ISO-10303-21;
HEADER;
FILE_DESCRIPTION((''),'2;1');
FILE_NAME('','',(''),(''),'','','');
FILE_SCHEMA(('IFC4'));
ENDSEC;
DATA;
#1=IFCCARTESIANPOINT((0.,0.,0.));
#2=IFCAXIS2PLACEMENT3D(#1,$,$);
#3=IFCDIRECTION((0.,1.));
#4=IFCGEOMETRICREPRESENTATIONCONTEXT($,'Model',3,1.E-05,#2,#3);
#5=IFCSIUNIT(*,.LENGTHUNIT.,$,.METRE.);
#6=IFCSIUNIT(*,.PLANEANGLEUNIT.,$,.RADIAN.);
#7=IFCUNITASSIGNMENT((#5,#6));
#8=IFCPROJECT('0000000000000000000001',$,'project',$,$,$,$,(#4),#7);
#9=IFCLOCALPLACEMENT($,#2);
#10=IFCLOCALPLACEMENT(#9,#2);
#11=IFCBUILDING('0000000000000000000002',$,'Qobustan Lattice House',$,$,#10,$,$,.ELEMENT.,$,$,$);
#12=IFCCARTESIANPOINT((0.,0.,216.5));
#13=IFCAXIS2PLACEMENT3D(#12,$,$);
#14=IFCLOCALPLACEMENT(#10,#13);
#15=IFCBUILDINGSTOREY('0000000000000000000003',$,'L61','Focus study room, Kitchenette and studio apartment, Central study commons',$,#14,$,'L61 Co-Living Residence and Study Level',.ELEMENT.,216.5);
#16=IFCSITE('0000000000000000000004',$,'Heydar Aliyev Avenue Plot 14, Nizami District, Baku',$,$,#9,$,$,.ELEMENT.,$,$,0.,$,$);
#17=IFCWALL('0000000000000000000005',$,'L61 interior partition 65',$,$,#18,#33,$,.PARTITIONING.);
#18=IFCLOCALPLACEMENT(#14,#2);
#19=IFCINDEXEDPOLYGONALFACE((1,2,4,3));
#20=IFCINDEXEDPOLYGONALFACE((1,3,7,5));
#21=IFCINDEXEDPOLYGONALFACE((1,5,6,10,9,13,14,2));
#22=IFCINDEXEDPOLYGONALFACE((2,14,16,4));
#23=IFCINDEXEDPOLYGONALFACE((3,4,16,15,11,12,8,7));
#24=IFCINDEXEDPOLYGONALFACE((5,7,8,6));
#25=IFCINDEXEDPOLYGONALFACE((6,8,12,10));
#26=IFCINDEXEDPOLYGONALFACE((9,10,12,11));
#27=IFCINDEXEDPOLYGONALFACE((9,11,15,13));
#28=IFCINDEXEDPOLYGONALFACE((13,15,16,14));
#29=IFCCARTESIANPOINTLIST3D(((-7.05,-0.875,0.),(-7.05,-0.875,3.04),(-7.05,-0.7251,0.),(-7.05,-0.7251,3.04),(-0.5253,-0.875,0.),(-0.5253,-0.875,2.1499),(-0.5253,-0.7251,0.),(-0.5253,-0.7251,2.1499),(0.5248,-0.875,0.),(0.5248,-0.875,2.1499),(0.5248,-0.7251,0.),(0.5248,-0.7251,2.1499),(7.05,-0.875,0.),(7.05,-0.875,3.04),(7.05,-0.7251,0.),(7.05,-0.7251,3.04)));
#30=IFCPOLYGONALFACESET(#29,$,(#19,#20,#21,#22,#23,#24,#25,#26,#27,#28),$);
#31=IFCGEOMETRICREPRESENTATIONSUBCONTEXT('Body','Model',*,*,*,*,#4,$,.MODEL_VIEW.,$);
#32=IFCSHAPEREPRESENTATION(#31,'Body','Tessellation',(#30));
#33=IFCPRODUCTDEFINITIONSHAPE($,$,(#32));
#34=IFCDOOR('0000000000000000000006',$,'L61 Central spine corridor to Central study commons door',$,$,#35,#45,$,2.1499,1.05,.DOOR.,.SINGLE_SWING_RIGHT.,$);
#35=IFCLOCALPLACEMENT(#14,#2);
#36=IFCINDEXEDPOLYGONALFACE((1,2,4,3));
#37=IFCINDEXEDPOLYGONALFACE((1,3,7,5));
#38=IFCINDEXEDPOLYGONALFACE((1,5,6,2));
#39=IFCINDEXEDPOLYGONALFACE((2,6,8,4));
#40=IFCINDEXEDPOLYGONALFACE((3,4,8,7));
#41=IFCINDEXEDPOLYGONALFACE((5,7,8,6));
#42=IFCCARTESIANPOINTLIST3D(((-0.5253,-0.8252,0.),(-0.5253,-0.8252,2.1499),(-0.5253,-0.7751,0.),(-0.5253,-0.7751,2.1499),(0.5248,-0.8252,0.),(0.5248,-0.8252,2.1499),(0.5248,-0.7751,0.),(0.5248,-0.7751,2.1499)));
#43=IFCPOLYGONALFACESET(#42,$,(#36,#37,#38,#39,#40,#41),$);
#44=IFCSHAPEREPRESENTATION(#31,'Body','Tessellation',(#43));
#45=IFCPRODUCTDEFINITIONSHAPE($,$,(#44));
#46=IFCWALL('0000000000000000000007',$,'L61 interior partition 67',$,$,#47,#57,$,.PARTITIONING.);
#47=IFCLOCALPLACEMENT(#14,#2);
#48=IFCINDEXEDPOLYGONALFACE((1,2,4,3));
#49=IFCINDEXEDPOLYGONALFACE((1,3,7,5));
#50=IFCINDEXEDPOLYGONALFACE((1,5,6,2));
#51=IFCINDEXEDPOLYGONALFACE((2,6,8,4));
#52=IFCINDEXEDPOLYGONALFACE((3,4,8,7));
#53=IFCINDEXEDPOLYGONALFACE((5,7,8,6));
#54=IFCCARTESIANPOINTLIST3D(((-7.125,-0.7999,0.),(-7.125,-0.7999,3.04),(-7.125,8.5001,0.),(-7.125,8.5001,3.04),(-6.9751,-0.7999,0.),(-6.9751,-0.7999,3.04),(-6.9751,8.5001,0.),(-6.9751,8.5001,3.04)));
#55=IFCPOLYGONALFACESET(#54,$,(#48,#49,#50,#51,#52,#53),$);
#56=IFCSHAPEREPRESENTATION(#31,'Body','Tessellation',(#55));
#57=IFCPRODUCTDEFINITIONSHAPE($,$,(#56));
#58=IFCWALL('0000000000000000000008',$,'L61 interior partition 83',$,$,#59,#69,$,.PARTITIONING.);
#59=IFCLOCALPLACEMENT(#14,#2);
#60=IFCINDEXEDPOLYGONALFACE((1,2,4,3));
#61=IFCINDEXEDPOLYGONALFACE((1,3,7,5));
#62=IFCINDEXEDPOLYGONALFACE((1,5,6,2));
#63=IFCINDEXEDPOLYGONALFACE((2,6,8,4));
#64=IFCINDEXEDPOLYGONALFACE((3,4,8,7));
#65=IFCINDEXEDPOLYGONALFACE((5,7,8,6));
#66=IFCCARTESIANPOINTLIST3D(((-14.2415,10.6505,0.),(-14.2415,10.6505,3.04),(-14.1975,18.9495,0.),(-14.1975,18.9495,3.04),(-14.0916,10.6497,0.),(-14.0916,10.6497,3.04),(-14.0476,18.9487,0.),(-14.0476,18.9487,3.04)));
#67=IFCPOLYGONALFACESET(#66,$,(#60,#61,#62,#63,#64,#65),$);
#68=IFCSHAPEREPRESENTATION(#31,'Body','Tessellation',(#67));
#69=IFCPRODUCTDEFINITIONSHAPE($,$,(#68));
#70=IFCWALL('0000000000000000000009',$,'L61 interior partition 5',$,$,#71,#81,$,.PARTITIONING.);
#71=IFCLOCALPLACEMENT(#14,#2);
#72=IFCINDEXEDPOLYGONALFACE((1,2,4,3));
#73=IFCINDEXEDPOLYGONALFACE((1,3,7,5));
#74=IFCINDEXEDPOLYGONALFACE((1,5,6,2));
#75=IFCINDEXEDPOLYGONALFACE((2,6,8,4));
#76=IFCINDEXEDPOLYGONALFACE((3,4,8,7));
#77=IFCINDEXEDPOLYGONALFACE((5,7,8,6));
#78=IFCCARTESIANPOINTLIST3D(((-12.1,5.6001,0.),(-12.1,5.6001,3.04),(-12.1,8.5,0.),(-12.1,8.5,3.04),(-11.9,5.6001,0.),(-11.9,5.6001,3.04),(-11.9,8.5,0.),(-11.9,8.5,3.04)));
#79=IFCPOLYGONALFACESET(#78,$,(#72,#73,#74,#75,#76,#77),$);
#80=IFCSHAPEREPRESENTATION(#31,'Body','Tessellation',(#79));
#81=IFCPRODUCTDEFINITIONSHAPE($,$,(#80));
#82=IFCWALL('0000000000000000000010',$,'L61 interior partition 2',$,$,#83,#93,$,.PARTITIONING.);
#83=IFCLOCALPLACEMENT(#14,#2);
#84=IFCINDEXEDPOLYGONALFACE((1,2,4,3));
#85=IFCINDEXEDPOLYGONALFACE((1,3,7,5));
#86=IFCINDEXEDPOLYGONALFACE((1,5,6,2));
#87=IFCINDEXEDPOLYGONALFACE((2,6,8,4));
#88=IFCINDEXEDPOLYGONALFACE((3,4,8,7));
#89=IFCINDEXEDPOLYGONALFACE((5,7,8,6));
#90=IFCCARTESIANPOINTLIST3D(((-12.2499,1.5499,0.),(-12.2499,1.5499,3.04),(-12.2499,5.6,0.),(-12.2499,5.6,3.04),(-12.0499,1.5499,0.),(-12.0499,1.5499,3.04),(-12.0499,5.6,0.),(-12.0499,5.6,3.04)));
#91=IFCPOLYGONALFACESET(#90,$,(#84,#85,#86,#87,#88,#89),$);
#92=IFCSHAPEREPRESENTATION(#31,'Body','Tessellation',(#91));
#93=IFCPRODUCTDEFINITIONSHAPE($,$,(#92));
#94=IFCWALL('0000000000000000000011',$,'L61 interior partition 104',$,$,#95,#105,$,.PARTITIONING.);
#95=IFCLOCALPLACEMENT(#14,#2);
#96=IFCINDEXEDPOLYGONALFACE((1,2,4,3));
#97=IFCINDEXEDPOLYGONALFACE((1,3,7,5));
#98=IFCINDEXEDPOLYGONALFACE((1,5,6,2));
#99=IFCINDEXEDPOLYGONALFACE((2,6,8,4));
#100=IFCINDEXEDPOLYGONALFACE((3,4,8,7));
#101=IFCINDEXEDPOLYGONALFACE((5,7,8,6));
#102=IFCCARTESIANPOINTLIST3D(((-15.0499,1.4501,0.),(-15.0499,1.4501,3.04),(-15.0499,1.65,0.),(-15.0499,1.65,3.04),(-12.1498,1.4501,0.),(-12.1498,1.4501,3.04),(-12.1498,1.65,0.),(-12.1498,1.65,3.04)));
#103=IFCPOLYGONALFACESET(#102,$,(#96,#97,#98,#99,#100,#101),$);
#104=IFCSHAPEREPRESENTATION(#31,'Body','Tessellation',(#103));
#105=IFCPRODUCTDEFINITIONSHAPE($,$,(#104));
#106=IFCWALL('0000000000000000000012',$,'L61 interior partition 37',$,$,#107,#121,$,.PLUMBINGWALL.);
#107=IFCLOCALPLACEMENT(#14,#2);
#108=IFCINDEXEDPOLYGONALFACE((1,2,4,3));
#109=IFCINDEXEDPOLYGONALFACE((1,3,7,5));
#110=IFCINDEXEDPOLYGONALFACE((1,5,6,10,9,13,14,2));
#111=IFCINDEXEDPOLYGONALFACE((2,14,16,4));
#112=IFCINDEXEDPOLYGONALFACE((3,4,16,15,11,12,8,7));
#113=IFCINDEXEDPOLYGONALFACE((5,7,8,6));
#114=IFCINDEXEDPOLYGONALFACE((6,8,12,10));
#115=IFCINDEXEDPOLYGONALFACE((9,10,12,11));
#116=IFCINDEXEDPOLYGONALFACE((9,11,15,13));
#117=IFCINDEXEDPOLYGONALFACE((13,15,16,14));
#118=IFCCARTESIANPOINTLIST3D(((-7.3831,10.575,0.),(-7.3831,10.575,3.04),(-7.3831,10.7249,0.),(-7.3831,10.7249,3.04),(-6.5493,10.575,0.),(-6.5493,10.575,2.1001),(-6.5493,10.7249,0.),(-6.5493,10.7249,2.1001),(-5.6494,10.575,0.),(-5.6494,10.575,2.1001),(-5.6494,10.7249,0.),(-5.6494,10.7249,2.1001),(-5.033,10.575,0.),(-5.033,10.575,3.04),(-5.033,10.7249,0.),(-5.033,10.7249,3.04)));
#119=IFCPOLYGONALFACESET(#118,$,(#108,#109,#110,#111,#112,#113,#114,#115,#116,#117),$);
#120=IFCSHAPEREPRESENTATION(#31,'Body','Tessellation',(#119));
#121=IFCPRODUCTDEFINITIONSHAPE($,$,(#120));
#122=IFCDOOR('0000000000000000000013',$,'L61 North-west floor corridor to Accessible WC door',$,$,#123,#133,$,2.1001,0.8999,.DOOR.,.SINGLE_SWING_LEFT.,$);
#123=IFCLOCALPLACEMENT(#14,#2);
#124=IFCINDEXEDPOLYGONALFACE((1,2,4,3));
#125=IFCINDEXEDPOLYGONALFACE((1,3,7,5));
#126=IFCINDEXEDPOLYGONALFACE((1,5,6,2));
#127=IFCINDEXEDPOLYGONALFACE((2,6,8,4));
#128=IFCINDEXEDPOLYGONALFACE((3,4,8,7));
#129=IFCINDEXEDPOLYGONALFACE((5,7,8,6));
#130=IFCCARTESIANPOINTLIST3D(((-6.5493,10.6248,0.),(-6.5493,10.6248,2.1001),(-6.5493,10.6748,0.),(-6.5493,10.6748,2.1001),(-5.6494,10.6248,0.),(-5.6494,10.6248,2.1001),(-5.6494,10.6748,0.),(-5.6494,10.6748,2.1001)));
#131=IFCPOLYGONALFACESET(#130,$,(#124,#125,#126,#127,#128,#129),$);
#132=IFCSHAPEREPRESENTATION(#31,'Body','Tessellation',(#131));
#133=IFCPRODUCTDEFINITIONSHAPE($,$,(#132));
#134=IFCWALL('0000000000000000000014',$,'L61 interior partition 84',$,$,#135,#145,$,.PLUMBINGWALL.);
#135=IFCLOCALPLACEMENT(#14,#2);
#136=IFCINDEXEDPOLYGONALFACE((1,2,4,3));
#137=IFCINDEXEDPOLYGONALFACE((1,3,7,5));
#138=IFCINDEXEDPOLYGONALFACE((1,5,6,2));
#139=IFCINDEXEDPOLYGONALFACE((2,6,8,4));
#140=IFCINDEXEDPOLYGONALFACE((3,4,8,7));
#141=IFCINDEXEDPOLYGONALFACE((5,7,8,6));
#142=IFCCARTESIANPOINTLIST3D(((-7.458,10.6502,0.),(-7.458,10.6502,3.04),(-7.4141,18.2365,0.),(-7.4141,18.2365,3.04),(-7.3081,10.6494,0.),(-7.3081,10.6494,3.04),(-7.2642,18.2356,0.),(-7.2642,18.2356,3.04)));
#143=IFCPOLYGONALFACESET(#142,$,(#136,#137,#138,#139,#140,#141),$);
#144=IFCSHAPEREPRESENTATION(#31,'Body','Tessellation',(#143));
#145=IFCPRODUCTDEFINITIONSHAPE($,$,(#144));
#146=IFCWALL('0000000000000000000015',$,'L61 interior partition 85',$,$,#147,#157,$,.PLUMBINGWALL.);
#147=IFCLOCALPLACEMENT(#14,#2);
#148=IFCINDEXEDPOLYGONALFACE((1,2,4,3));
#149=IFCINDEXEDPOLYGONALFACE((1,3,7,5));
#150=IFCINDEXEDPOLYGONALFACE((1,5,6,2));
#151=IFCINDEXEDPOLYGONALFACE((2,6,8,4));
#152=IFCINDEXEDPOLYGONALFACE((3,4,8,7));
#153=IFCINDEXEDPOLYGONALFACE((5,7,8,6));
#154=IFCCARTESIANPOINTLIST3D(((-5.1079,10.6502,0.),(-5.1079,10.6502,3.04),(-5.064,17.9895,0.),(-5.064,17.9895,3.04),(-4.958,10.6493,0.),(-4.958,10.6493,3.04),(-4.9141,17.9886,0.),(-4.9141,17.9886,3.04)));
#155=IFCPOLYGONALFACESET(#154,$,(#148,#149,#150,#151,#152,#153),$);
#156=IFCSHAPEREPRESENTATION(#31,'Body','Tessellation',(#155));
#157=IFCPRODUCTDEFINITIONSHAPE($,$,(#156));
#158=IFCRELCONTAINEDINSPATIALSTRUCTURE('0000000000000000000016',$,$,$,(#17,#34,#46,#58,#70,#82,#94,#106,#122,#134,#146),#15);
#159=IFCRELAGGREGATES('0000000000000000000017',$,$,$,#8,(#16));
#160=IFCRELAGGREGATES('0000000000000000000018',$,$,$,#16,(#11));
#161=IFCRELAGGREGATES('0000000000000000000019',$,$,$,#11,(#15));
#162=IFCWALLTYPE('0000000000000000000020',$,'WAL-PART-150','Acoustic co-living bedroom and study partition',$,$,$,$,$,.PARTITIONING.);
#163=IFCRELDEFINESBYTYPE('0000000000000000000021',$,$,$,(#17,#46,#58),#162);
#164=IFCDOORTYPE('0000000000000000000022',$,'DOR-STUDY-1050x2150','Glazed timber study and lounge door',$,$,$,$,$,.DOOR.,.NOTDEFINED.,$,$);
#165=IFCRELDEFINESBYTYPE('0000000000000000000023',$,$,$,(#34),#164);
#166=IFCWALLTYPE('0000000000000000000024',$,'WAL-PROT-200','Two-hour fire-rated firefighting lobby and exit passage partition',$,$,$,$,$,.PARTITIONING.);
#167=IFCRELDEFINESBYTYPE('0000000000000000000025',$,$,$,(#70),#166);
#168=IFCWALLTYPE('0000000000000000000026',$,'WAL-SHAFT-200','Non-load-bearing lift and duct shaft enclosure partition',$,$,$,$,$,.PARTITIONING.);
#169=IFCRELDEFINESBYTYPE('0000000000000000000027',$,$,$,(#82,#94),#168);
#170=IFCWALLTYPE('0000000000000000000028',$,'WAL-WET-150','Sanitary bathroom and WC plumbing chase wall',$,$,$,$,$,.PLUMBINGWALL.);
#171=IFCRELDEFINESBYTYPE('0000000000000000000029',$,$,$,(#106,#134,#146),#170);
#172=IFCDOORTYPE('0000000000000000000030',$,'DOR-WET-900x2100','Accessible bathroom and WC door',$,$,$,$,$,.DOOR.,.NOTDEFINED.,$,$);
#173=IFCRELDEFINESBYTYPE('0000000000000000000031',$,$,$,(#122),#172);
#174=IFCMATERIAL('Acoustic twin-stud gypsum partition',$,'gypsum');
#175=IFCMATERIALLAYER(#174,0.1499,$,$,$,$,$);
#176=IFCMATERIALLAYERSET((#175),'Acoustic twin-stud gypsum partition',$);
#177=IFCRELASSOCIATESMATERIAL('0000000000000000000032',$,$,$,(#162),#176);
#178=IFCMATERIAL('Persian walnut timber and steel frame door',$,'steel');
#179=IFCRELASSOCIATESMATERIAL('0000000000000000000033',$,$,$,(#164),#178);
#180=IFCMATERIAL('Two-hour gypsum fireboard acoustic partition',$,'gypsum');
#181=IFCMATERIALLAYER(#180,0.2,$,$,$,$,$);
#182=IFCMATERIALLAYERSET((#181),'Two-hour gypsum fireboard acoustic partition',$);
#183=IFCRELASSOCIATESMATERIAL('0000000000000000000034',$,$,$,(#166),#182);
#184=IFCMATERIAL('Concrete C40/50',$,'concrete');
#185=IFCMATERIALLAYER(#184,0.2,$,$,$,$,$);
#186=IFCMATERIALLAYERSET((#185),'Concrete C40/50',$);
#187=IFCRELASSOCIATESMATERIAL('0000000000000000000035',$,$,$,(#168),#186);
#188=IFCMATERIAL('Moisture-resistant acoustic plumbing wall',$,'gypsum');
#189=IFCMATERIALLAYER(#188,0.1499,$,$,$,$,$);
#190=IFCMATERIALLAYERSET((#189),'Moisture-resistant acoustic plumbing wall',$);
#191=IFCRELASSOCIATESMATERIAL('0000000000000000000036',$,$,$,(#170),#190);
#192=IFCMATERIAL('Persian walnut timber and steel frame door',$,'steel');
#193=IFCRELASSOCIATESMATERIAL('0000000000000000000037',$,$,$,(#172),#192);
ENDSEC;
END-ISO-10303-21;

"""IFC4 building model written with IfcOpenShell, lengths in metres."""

from ifc_helpers import new_model, si_unit, direction, frame, frame_2d, origin, place, context, subcontext, project, spatial, rectangle, extrude, material, layer, layer_set, type_object, element, fill, save


model = new_model("IFC4")

# Units and contexts
model_context = context("Model", 3, precision=1e-05, world=origin(), true_north=direction((0.0, 1.0)))
body_context = subcontext(model_context, "Body", "Model", "MODEL_VIEW")
ifc_project = project(units=[si_unit("LENGTHUNIT", "METRE"), si_unit("PLANEANGLEUNIT", "RADIAN")], contexts=[model_context])

# Site, building, storey
site_placement = place(None, origin())
site = spatial("IfcSite", under=ifc_project, at=site_placement, Name="Heydar Aliyev Avenue Plot 14, Nizami District, Baku", CompositionType="ELEMENT", RefElevation=0.0)
building_placement = place(site_placement, origin())
building = spatial("IfcBuilding", under=site, at=building_placement, Name="Qobustan Lattice House", CompositionType="ELEMENT")
storey_placement = place(building_placement, frame((0.0, 0.0, 216.5)))
storey = spatial("IfcBuildingStorey", under=building, at=storey_placement, Name="L61", Description="Focus study room, Kitchenette and studio apartment, Central study commons", LongName="L61 Co-Living Residence and Study Level", CompositionType="ELEMENT", Elevation=216.5)

# Shared definitions
ifc_material_1 = material(Name="Acoustic twin-stud gypsum partition", Category="gypsum")
ifc_layer_1 = layer(ifc_material_1, 0.1499)
ifc_layer_set_1 = layer_set([ifc_layer_1], Name="Acoustic twin-stud gypsum partition")
wall_type_1 = type_object("IfcWallType", Name="WAL-PART-150", Description="Acoustic co-living bedroom and study partition", PredefinedType="PARTITIONING", material=ifc_layer_set_1)
ifc_material_2 = material(Name="Persian walnut timber and steel frame door", Category="steel")
door_type_1 = type_object("IfcDoorType", Name="DOR-STUDY-1050x2150", Description="Glazed timber study and lounge door", OperationType="NOTDEFINED", PredefinedType="DOOR", material=ifc_material_2)

# Wall, opening, door
wall_1_placement = place(storey_placement, frame((-7.05, -0.8, 0.0), z_axis=(0.0, 0.0, 1.0), x_axis=(1.0, 0.0, 0.0)))
wall_1 = element("IfcWall", 1, at=wall_1_placement, inside=storey, type_object=wall_type_1, Name="L61 interior partition 65", PredefinedType="PARTITIONING", context=body_context, shape_type="SweptSolid", body=[
    extrude(rectangle(XDim=14.1001, YDim=0.1499, at=frame_2d((7.05, 0.0))), origin(), (0.0, 0.0, 1.0), 3.04),
])
opening_1_placement = place(wall_1_placement, frame((6.5249, 0.0, 0.0)))
opening_1 = element("IfcOpeningElement", 2, at=opening_1_placement, cuts=wall_1, PredefinedType="OPENING", context=body_context, shape_type="SweptSolid", body=[
    extrude(rectangle(XDim=1.05, YDim=2.1499, at=frame_2d((0.5249, 1.075))), frame((0.0, 0.085, 0.0), z_axis=(0.0, -1.0, 0.0), x_axis=(1.0, 0.0, 0.0)), (0.0, 0.0, 1.0), 0.1699),
])
door_1_placement = place(opening_1_placement, origin())
door_1 = element("IfcDoor", 3, at=door_1_placement, inside=storey, type_object=door_type_1, Name="L61 Central spine corridor to Central study commons door", OperationType="SINGLE_SWING_RIGHT", OverallHeight=2.1499, OverallWidth=1.05, PredefinedType="DOOR", context=body_context, shape_type="SweptSolid", body=[
    extrude(rectangle(XDim=1.05, YDim=2.1499, at=frame_2d((0.5249, 1.075))), frame((0.0, 0.0249, 0.0), z_axis=(0.0, -1.0, 0.0), x_axis=(1.0, 0.0, 0.0)), (0.0, 0.0, 1.0), 0.05),
])
fill(opening_1, door_1)

# Walls
wall_2_placement = place(storey_placement, frame((-7.05, 8.5, 0.0), z_axis=(0.0, 0.0, 1.0), x_axis=(0.0, -1.0, 0.0)))
element("IfcWall", 4, at=wall_2_placement, inside=storey, type_object=wall_type_1, Name="L61 interior partition 67", PredefinedType="PARTITIONING", context=body_context, shape_type="SweptSolid", body=[
    extrude(rectangle(XDim=9.3, YDim=0.1499, at=frame_2d((4.6499, 0.0))), origin(), (0.0, 0.0, 1.0), 3.04),
])
wall_3_placement = place(storey_placement, frame((-14.1226, 18.949, 0.0), z_axis=(0.0, 0.0, 1.0), x_axis=(-0.005295, -0.999986, 0.0)))
element("IfcWall", 5, at=wall_3_placement, inside=storey, type_object=wall_type_1, Name="L61 interior partition 83", PredefinedType="PARTITIONING", context=body_context, shape_type="SweptSolid", body=[
    extrude(rectangle(XDim=8.2991, YDim=0.1499, at=frame_2d((4.1494, 0.0))), origin(), (0.0, 0.0, 1.0), 3.04),
])

# Shared definitions
ifc_material_3 = material(Name="Two-hour gypsum fireboard acoustic partition", Category="gypsum")
ifc_layer_2 = layer(ifc_material_3, 0.2)
ifc_layer_set_2 = layer_set([ifc_layer_2], Name="Two-hour gypsum fireboard acoustic partition")
wall_type_2 = type_object("IfcWallType", Name="WAL-PROT-200", Description="Two-hour fire-rated firefighting lobby and exit passage partition", PredefinedType="PARTITIONING", material=ifc_layer_set_2)

# Walls
wall_4_placement = place(storey_placement, frame((-12.0, 5.6001, 0.0), z_axis=(0.0, 0.0, 1.0), x_axis=(0.0, 1.0, 0.0)))
element("IfcWall", 6, at=wall_4_placement, inside=storey, type_object=wall_type_2, Name="L61 interior partition 5", PredefinedType="PARTITIONING", context=body_context, shape_type="SweptSolid", body=[
    extrude(rectangle(XDim=2.8999, YDim=0.2, at=frame_2d((1.45, 0.0))), origin(), (0.0, 0.0, 1.0), 3.04),
])
ifc_material_4 = material(Name="Concrete C40/50", Category="concrete")
ifc_layer_3 = layer(ifc_material_4, 0.2)
ifc_layer_set_3 = layer_set([ifc_layer_3], Name="Concrete C40/50")
wall_type_3 = type_object("IfcWallType", Name="WAL-SHAFT-200", Description="Non-load-bearing lift and duct shaft enclosure partition", PredefinedType="PARTITIONING", material=ifc_layer_set_3)
wall_5_placement = place(storey_placement, frame((-12.1499, 1.55, 0.0), z_axis=(0.0, 0.0, 1.0), x_axis=(0.0, 1.0, 0.0)))
element("IfcWall", 7, at=wall_5_placement, inside=storey, type_object=wall_type_3, Name="L61 interior partition 2", PredefinedType="PARTITIONING", context=body_context, shape_type="SweptSolid", body=[
    extrude(rectangle(XDim=4.05, YDim=0.2, at=frame_2d((2.0249, 0.0))), origin(), (0.0, 0.0, 1.0), 3.04),
])
wall_6_placement = place(storey_placement, frame((-15.05, 1.55, 0.0), z_axis=(0.0, 0.0, 1.0), x_axis=(1.0, 0.0, 0.0)))
element("IfcWall", 8, at=wall_6_placement, inside=storey, type_object=wall_type_3, Name="L61 interior partition 104", PredefinedType="PARTITIONING", context=body_context, shape_type="SweptSolid", body=[
    extrude(rectangle(XDim=2.9001, YDim=0.2, at=frame_2d((1.4502, 0.0))), origin(), (0.0, 0.0, 1.0), 3.04),
])

# Wall, opening, door
ifc_material_5 = material(Name="Moisture-resistant acoustic plumbing wall", Category="gypsum")
ifc_layer_4 = layer(ifc_material_5, 0.1499)
ifc_layer_set_4 = layer_set([ifc_layer_4], Name="Moisture-resistant acoustic plumbing wall")
wall_type_4 = type_object("IfcWallType", Name="WAL-WET-150", Description="Sanitary bathroom and WC plumbing chase wall", PredefinedType="PLUMBINGWALL", material=ifc_layer_set_4)
wall_7_placement = place(storey_placement, frame((-7.3831, 10.6499, 0.0), z_axis=(0.0, 0.0, 1.0), x_axis=(1.0, 0.0, 0.0)))
wall_7 = element("IfcWall", 9, at=wall_7_placement, inside=storey, type_object=wall_type_4, Name="L61 interior partition 37", PredefinedType="PLUMBINGWALL", context=body_context, shape_type="SweptSolid", body=[
    extrude(rectangle(XDim=2.3501, YDim=0.1499, at=frame_2d((1.175, 0.0))), origin(), (0.0, 0.0, 1.0), 3.04),
])
opening_2_placement = place(wall_7_placement, frame((0.8337, 0.0, 0.0)))
opening_2 = element("IfcOpeningElement", 10, at=opening_2_placement, cuts=wall_7, PredefinedType="OPENING", context=body_context, shape_type="SweptSolid", body=[
    extrude(rectangle(XDim=0.8999, YDim=2.1001, at=frame_2d((0.45, 1.05))), frame((0.0, 0.085, 0.0), z_axis=(0.0, -1.0, 0.0), x_axis=(1.0, 0.0, 0.0)), (0.0, 0.0, 1.0), 0.1699),
])
ifc_material_6 = material(Name="Persian walnut timber and steel frame door", Category="steel")
door_type_2 = type_object("IfcDoorType", Name="DOR-WET-900x2100", Description="Accessible bathroom and WC door", OperationType="NOTDEFINED", PredefinedType="DOOR", material=ifc_material_6)
door_2_placement = place(opening_2_placement, origin())
door_2 = element("IfcDoor", 11, at=door_2_placement, inside=storey, type_object=door_type_2, Name="L61 North-west floor corridor to Accessible WC door", OperationType="SINGLE_SWING_LEFT", OverallHeight=2.1001, OverallWidth=0.8999, PredefinedType="DOOR", context=body_context, shape_type="SweptSolid", body=[
    extrude(rectangle(XDim=0.8999, YDim=2.1001, at=frame_2d((0.45, 1.05))), frame((0.0, 0.0249, 0.0), z_axis=(0.0, -1.0, 0.0), x_axis=(1.0, 0.0, 0.0)), (0.0, 0.0, 1.0), 0.05),
])
fill(opening_2, door_2)

# Walls
wall_8_placement = place(storey_placement, frame((-7.3391, 18.2361, 0.0), z_axis=(0.0, 0.0, 1.0), x_axis=(-0.005793, -0.999983, 0.0)))
element("IfcWall", 12, at=wall_8_placement, inside=storey, type_object=wall_type_4, Name="L61 interior partition 84", PredefinedType="PLUMBINGWALL", context=body_context, shape_type="SweptSolid", body=[
    extrude(rectangle(XDim=7.5864, YDim=0.1499, at=frame_2d((3.7932, 0.0))), origin(), (0.0, 0.0, 1.0), 3.04),
])
wall_9_placement = place(storey_placement, frame((-4.989, 17.989, 0.0), z_axis=(0.0, 0.0, 1.0), x_axis=(-0.005988, -0.999982, 0.0)))
element("IfcWall", 13, at=wall_9_placement, inside=storey, type_object=wall_type_4, Name="L61 interior partition 85", PredefinedType="PLUMBINGWALL", context=body_context, shape_type="SweptSolid", body=[
    extrude(rectangle(XDim=7.3394, YDim=0.1499, at=frame_2d((3.6697, 0.0))), origin(), (0.0, 0.0, 1.0), 3.04),
])

save(model, "model.ifc")
